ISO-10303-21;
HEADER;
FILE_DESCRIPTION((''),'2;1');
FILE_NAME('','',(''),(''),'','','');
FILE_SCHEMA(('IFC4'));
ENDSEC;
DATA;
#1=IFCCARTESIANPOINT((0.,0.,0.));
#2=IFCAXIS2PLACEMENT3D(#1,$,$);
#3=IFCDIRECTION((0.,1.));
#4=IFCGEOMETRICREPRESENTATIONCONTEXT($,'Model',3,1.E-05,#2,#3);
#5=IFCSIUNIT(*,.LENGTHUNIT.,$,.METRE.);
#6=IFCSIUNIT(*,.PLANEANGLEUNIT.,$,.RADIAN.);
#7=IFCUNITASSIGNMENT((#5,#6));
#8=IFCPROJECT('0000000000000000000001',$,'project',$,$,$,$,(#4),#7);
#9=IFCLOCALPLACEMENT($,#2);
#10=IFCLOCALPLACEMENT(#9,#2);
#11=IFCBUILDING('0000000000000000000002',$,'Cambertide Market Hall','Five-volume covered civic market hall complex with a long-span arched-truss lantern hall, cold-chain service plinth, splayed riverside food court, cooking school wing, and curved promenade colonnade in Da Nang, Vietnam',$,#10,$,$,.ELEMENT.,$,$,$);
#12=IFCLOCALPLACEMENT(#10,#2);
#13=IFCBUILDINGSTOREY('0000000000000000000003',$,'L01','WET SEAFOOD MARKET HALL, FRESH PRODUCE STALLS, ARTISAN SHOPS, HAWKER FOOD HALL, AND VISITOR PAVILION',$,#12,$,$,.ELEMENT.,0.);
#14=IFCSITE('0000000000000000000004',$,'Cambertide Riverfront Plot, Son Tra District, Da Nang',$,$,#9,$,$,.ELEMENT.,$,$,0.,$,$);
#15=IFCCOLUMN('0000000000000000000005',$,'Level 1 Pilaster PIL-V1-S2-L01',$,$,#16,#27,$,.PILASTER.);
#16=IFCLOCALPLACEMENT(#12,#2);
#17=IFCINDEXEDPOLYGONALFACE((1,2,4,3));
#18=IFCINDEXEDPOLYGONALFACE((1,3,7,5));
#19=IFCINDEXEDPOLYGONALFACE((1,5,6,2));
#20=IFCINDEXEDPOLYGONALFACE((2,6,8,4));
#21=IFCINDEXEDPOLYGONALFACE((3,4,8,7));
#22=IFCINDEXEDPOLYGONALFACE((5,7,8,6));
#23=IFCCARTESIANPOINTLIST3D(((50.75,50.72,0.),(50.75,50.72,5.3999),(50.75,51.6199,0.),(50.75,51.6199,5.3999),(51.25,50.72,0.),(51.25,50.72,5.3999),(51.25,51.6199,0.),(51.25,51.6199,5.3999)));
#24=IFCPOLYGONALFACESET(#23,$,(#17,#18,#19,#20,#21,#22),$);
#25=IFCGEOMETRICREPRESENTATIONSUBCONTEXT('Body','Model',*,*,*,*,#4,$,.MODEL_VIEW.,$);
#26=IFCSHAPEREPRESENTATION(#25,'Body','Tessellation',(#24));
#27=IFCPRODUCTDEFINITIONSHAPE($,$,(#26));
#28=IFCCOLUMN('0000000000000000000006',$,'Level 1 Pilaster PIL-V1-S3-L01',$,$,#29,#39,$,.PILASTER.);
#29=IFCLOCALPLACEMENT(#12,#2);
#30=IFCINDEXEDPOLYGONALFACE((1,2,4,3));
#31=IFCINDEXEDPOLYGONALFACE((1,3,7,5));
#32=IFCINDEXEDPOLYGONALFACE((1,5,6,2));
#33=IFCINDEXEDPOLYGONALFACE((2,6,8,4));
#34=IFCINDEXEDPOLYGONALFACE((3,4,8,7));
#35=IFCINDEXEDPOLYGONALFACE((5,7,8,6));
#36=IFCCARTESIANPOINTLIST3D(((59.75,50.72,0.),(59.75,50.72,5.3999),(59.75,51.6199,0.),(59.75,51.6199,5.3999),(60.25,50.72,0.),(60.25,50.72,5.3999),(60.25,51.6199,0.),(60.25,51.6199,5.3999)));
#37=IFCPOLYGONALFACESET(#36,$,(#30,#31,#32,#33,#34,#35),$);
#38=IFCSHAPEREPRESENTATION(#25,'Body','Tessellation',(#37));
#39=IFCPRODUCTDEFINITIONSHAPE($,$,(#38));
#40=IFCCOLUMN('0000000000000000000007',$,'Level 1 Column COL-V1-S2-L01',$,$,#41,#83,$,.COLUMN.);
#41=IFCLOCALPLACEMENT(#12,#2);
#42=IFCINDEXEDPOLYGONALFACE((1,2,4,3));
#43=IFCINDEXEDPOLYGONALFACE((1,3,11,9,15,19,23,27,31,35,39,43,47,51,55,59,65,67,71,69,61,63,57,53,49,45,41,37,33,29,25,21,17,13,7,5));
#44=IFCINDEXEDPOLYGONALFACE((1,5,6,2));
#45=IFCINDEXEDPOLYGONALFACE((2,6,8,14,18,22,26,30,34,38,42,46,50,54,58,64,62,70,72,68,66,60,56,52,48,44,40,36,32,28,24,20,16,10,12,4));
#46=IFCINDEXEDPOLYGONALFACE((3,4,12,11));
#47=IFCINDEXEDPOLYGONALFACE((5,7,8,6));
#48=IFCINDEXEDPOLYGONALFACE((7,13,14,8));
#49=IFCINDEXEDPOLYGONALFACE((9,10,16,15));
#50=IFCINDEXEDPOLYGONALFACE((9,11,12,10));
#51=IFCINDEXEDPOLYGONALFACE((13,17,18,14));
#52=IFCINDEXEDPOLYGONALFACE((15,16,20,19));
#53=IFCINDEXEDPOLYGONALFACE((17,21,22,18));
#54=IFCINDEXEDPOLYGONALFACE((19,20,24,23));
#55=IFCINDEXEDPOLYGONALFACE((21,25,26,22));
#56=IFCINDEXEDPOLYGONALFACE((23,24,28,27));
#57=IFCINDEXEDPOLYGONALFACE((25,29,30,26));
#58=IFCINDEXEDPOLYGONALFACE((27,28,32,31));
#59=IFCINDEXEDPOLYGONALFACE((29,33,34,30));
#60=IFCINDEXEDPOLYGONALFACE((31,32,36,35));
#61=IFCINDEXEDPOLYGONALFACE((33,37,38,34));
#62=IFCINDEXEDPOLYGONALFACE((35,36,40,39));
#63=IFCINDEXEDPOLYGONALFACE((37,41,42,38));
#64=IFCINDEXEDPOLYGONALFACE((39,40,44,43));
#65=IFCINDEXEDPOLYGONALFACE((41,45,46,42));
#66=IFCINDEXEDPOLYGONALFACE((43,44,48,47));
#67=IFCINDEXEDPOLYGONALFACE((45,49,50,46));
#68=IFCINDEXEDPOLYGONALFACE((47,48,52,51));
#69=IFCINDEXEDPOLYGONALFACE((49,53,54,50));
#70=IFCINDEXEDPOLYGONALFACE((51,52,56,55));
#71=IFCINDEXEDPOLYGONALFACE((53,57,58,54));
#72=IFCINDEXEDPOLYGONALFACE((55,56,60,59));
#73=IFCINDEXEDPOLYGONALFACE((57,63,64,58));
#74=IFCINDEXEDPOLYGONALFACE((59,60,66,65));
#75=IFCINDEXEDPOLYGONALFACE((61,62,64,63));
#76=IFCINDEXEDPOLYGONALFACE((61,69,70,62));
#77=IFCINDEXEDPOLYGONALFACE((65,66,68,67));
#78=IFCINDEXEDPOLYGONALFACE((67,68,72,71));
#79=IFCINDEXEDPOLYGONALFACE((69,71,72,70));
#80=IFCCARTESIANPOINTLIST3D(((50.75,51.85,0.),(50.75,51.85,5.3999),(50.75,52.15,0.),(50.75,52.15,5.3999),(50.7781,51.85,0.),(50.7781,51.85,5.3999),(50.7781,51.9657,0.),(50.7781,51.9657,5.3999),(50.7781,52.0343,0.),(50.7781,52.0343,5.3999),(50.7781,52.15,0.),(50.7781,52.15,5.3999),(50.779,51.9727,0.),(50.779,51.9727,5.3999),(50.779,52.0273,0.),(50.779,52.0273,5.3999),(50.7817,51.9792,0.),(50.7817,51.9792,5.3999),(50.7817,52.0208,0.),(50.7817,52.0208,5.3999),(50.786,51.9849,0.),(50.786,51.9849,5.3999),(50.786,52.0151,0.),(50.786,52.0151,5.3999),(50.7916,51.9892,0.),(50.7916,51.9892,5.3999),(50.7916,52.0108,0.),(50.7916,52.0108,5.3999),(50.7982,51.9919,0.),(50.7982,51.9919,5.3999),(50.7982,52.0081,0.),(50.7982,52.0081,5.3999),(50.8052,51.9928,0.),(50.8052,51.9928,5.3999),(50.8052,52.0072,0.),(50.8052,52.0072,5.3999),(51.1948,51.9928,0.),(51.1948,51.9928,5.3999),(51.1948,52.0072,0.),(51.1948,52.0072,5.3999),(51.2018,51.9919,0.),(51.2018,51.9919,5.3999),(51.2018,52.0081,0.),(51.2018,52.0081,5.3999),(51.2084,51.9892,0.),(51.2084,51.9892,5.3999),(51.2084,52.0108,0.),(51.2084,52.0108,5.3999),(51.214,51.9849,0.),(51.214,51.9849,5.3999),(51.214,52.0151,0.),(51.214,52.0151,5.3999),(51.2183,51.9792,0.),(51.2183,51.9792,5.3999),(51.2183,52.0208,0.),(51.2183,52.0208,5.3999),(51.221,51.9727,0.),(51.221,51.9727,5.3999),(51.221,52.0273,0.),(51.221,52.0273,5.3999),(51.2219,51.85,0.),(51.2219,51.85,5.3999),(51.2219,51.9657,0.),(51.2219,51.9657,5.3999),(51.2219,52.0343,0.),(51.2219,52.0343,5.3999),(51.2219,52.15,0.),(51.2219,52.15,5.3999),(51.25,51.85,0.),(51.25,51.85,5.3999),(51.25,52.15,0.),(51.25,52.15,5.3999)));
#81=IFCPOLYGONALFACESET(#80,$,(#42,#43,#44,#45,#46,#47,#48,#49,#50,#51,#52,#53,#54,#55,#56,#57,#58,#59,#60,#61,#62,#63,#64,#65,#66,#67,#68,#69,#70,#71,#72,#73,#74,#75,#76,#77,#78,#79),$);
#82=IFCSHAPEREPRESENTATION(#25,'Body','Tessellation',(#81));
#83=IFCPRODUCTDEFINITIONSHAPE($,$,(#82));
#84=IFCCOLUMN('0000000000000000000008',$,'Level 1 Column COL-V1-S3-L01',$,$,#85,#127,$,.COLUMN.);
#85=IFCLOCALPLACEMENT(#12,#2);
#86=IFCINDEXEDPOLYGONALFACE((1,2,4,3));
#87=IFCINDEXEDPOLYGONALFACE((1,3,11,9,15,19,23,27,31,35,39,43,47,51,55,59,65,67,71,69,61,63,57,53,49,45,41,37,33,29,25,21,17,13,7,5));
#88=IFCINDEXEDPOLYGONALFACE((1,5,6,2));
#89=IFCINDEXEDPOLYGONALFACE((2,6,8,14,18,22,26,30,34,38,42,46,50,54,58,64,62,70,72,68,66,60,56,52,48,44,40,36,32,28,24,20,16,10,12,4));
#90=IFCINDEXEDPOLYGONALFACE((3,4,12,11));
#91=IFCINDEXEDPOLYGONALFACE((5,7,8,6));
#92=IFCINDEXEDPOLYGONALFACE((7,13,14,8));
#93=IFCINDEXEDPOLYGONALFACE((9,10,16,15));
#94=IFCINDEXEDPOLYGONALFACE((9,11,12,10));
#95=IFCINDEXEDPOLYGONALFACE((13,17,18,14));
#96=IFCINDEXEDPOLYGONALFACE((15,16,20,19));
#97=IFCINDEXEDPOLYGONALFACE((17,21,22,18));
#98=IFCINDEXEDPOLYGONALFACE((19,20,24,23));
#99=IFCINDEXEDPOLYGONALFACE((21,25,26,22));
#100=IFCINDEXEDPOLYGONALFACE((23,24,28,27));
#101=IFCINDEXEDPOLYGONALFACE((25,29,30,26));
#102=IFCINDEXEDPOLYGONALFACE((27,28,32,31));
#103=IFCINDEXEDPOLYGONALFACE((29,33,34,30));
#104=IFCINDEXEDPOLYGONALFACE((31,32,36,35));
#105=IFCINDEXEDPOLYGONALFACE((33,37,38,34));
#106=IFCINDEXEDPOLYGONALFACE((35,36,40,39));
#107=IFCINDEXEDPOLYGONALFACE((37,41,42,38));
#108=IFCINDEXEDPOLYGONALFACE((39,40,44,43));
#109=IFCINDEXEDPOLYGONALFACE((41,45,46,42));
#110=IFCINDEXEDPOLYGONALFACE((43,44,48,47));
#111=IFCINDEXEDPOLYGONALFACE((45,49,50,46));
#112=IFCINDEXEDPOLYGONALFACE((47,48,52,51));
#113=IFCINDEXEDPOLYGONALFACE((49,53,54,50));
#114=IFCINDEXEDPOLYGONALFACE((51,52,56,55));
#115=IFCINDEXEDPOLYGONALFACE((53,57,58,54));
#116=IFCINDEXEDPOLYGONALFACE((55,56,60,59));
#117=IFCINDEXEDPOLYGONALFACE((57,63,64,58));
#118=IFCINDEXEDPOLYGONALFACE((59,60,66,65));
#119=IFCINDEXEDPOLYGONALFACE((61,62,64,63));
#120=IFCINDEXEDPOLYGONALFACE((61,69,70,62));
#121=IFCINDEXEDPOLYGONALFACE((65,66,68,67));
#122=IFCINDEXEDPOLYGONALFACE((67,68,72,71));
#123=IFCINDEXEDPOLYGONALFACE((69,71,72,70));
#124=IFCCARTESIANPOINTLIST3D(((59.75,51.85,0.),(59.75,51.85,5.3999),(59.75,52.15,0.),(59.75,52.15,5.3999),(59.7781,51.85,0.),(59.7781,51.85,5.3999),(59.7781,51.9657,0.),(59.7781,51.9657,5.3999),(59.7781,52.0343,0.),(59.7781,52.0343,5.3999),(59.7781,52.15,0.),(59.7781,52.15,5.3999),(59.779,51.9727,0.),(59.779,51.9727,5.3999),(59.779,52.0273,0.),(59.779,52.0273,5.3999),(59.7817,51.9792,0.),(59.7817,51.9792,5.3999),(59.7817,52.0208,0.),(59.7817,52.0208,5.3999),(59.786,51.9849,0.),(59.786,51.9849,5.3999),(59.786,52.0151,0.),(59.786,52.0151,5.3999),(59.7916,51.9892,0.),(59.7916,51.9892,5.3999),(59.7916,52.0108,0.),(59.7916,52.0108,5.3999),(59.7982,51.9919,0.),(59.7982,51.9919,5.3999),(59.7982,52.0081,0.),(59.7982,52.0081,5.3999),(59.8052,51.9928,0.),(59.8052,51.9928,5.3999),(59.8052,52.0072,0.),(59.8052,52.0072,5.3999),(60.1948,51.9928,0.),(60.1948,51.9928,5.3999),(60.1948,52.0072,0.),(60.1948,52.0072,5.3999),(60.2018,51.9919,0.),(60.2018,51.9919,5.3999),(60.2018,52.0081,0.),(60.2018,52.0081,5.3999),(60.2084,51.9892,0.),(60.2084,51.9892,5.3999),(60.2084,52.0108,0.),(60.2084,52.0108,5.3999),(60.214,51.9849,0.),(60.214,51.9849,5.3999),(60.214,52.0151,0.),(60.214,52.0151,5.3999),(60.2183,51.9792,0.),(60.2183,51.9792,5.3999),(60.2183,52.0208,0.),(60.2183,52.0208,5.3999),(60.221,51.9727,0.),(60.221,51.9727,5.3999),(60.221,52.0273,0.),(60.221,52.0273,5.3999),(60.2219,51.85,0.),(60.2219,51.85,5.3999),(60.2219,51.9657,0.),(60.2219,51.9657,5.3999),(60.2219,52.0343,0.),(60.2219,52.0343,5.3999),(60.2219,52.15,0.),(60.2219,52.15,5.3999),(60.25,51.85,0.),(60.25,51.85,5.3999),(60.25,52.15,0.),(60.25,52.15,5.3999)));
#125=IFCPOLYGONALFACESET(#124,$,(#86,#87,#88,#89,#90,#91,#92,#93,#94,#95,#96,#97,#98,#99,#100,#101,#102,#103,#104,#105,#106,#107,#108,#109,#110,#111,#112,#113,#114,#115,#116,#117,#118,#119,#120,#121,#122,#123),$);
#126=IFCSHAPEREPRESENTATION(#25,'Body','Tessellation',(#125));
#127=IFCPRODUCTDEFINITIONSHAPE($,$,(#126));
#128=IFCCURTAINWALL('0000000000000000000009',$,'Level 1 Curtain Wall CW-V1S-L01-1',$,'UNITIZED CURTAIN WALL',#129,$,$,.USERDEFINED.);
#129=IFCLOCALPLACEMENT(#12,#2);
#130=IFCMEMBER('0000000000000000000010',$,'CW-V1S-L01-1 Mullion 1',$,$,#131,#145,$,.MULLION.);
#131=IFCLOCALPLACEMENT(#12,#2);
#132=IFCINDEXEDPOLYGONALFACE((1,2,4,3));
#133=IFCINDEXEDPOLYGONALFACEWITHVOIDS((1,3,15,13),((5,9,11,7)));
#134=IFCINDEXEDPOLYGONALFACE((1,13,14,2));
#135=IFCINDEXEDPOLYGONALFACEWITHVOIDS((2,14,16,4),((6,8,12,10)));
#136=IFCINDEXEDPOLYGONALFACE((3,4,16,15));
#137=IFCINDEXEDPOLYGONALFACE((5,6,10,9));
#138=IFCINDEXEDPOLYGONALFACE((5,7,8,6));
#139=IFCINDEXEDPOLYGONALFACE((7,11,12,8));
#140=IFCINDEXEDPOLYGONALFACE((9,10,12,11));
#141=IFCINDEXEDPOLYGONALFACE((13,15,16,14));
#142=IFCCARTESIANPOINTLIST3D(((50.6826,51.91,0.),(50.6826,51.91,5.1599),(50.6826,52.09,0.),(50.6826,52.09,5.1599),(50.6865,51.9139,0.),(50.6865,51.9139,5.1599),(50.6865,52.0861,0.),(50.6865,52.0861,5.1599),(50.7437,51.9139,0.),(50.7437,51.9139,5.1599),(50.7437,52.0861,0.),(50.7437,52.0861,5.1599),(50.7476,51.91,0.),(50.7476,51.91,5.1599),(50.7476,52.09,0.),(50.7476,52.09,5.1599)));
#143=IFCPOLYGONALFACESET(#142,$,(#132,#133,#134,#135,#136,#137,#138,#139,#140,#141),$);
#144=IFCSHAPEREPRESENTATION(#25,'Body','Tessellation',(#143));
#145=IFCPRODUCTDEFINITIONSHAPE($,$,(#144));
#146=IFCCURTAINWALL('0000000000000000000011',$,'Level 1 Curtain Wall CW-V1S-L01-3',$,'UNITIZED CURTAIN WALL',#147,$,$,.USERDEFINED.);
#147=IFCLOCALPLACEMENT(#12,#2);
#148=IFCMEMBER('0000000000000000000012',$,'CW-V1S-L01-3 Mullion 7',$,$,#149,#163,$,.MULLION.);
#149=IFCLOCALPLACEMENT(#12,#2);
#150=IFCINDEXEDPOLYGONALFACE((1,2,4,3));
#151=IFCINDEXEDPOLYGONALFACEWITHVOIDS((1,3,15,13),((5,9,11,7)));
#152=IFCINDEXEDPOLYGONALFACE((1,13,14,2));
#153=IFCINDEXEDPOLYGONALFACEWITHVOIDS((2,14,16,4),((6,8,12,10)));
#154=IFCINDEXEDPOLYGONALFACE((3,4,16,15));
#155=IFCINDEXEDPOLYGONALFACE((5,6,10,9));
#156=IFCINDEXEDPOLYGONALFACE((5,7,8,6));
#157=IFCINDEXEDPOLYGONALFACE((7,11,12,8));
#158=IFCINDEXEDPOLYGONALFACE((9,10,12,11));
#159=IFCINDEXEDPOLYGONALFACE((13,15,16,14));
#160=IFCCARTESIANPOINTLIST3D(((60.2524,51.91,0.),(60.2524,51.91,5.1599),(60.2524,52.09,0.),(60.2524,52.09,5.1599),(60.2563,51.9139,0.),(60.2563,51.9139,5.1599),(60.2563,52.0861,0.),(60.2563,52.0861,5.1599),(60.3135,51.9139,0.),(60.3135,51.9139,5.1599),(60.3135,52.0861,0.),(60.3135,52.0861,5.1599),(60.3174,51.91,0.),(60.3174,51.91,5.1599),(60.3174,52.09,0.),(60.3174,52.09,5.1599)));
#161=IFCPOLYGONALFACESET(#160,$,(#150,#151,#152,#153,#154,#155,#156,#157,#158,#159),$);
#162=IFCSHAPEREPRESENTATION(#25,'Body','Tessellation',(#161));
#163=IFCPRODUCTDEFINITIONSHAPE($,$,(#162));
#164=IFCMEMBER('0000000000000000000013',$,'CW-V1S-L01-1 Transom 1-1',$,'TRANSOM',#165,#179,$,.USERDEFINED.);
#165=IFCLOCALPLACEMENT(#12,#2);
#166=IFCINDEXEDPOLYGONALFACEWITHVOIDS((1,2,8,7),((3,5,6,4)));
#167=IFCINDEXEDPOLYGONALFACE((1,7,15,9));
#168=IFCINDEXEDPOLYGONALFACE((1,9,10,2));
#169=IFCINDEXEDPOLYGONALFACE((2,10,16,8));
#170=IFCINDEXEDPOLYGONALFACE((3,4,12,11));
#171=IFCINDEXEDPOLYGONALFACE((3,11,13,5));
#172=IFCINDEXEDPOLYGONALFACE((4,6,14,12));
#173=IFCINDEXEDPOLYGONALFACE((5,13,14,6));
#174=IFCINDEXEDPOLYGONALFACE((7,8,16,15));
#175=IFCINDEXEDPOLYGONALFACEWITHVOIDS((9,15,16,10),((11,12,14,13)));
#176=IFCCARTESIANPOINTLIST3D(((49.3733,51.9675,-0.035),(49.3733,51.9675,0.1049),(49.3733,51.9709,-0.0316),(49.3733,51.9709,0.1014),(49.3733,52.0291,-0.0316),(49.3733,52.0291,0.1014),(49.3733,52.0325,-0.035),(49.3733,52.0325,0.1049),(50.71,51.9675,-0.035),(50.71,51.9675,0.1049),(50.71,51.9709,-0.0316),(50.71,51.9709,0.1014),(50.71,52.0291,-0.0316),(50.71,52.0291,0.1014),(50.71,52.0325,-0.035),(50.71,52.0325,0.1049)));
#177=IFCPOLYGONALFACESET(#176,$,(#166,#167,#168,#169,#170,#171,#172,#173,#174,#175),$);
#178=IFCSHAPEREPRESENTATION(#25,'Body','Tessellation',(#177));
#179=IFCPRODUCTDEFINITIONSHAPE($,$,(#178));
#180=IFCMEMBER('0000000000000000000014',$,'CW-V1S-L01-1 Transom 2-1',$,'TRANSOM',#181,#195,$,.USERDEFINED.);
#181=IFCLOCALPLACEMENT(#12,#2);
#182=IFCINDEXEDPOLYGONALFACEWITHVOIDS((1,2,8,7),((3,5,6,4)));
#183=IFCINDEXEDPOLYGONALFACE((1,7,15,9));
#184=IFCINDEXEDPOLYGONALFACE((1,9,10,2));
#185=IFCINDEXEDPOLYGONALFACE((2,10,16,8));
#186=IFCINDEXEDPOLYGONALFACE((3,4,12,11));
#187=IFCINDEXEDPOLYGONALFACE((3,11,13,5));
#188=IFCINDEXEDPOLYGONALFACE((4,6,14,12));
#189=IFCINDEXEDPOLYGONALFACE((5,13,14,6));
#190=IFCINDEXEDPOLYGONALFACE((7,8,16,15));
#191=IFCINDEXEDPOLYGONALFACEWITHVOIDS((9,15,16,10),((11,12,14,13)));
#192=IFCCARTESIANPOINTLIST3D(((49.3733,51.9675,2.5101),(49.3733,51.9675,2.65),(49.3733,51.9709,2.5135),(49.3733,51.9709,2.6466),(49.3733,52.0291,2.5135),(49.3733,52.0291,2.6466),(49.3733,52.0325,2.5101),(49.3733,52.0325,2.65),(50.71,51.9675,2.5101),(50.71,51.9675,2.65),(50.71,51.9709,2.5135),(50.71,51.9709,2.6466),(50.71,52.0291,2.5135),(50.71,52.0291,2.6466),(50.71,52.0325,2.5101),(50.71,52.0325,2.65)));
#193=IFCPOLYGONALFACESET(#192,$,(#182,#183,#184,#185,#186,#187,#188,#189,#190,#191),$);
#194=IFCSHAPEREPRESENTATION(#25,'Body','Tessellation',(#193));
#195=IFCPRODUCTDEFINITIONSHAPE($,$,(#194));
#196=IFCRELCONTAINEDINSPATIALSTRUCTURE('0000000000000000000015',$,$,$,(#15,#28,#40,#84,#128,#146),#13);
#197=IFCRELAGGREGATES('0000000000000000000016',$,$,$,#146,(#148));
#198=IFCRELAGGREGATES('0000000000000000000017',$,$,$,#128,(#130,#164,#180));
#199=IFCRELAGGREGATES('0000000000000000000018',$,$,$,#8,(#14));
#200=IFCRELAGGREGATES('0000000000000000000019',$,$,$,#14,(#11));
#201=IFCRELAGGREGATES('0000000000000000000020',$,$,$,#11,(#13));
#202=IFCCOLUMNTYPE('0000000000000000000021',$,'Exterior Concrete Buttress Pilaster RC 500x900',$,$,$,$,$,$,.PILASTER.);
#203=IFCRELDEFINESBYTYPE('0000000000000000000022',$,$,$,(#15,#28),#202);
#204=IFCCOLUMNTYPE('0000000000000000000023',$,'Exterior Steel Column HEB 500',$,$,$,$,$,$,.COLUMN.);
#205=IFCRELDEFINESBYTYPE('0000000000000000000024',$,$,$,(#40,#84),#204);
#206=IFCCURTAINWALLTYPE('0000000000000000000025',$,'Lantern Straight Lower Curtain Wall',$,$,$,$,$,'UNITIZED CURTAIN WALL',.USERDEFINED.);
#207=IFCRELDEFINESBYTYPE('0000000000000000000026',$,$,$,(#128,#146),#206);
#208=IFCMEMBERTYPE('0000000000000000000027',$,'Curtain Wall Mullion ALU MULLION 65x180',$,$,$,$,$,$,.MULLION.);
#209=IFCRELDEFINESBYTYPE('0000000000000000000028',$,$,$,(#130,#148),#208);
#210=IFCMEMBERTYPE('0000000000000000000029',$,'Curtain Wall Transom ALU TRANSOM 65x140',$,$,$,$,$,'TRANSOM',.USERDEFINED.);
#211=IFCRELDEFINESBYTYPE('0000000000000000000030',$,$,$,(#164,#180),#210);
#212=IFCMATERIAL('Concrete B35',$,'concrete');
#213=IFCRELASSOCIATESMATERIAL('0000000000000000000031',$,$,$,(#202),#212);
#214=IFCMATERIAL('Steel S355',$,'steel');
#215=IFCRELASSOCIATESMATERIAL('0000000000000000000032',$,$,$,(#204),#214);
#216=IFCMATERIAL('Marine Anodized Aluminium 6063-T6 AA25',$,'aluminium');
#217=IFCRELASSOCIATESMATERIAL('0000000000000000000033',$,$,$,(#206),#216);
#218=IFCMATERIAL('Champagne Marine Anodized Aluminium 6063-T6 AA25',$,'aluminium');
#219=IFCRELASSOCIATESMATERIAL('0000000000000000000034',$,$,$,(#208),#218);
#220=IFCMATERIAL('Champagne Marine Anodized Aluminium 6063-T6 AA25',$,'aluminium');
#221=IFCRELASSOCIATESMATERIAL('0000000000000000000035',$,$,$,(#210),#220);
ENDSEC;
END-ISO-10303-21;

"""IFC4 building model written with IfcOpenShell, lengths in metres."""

from ifc_helpers import new_model, si_unit, direction, frame, origin, origin_2d, place, context, subcontext, project, spatial, rectangle, hollow_rectangle, i_section, extrude, material, material_profile, profile_set, type_object, element, aggregate, save


model = new_model("IFC4")

# Units and contexts
model_context = context("Model", 3, precision=1e-05, world=origin(), true_north=direction((0.0, 1.0)))
body_context = subcontext(model_context, "Body", "Model", "MODEL_VIEW")
ifc_project = project(units=[si_unit("LENGTHUNIT", "METRE"), si_unit("PLANEANGLEUNIT", "RADIAN")], contexts=[model_context])

# Site, building, storey
site_placement = place(None, origin())
site = spatial("IfcSite", under=ifc_project, at=site_placement, Name="Cambertide Riverfront Plot, Son Tra District, Da Nang", CompositionType="ELEMENT", RefElevation=0.0)
building_placement = place(site_placement, origin())
building = spatial("IfcBuilding", under=site, at=building_placement, Name="Cambertide Market Hall", Description="Five-volume covered civic market hall complex with a long-span arched-truss lantern hall, cold-chain service plinth, splayed riverside food court, cooking school wing, and curved promenade colonnade in Da Nang, Vietnam", CompositionType="ELEMENT")
storey_placement = place(building_placement, origin())
storey = spatial("IfcBuildingStorey", under=building, at=storey_placement, Name="L01", Description="WET SEAFOOD MARKET HALL, FRESH PRODUCE STALLS, ARTISAN SHOPS, HAWKER FOOD HALL, AND VISITOR PAVILION", CompositionType="ELEMENT", Elevation=0.0)

# Columns
ifc_material_1 = material(Name="Concrete B35", Category="concrete")
ifc_material_profile_1 = material_profile(ifc_material_1, rectangle(XDim=0.5, YDim=0.8999, at=origin_2d()), Name="RC 500x900")
ifc_profile_set_1 = profile_set([ifc_material_profile_1], Name="Concrete B35")
column_type_1 = type_object("IfcColumnType", Name="Exterior Concrete Buttress Pilaster RC 500x900", PredefinedType="PILASTER", material=ifc_profile_set_1)
for number, where, z_axis, x_axis, name in (
    (1, (51.0, 51.1699, 0.0), (0.0, 0.0, 1.0), (1.0, 0.0, 0.0), "Level 1 Pilaster PIL-V1-S2-L01"),
    (2, (60.0, 51.1699, 0.0), (0.0, 0.0, 1.0), (1.0, 0.0, 0.0), "Level 1 Pilaster PIL-V1-S3-L01"),
):
    element("IfcColumn", number, at=place(storey_placement, frame(where, z_axis=z_axis, x_axis=x_axis)), inside=storey, type_object=column_type_1, Name=name, PredefinedType="PILASTER", context=body_context, shape_type="SweptSolid", body=[
        extrude(rectangle(XDim=0.5, YDim=0.8999, at=origin_2d()), origin(), (0.0, 0.0, 1.0), 5.3999),
    ])
ifc_material_2 = material(Name="Steel S355", Category="steel")
ifc_material_profile_2 = material_profile(ifc_material_2, i_section(OverallWidth=0.3, OverallDepth=0.5, WebThickness=0.0144, FlangeThickness=0.0281, FilletRadius=0.0271, at=origin_2d()), Name="HEB 500")
ifc_profile_set_2 = profile_set([ifc_material_profile_2], Name="Steel S355")
column_type_2 = type_object("IfcColumnType", Name="Exterior Steel Column HEB 500", PredefinedType="COLUMN", material=ifc_profile_set_2)
for number, where, z_axis, x_axis, name in (
    (3, (51.0, 52.0, 0.0), (0.0, 0.0, 1.0), (0.0, 1.0, 0.0), "Level 1 Column COL-V1-S2-L01"),
    (4, (60.0, 52.0, 0.0), (0.0, 0.0, 1.0), (0.0, 1.0, 0.0), "Level 1 Column COL-V1-S3-L01"),
):
    element("IfcColumn", number, at=place(storey_placement, frame(where, z_axis=z_axis, x_axis=x_axis)), inside=storey, type_object=column_type_2, Name=name, PredefinedType="COLUMN", context=body_context, shape_type="SweptSolid", body=[
        extrude(i_section(OverallWidth=0.3, OverallDepth=0.5, WebThickness=0.0144, FlangeThickness=0.0281, FilletRadius=0.0271, at=origin_2d()), origin(), (0.0, 0.0, 1.0), 5.3999),
    ])

# Curtain walls, members
ifc_material_3 = material(Name="Marine Anodized Aluminium 6063-T6 AA25", Category="aluminium")
curtain_wall_type = type_object("IfcCurtainWallType", Name="Lantern Straight Lower Curtain Wall", ElementType="UNITIZED CURTAIN WALL", PredefinedType="USERDEFINED", material=ifc_material_3)
curtain_wall_1_placement = place(storey_placement, origin())
curtain_wall_1 = element("IfcCurtainWall", 5, at=curtain_wall_1_placement, inside=storey, type_object=curtain_wall_type, Name="Level 1 Curtain Wall CW-V1S-L01-1", ObjectType="UNITIZED CURTAIN WALL", PredefinedType="USERDEFINED")
ifc_material_4 = material(Name="Champagne Marine Anodized Aluminium 6063-T6 AA25", Category="aluminium")
ifc_material_profile_3 = material_profile(ifc_material_4, hollow_rectangle(XDim=0.0649, YDim=0.1799, WallThickness=0.0039, at=origin_2d()), Name="ALU MULLION 65x180")
ifc_profile_set_3 = profile_set([ifc_material_profile_3], Name="Champagne Marine Anodized Aluminium 6063-T6 AA25")
member_type_1 = type_object("IfcMemberType", Name="Curtain Wall Mullion ALU MULLION 65x180", PredefinedType="MULLION", material=ifc_profile_set_3)
member_1_placement = place(storey_placement, frame((50.7151, 52.0, 0.0), z_axis=(0.0, 0.0, 1.0), x_axis=(-1.0, 0.0, 0.0)))
member_1 = element("IfcMember", 6, at=member_1_placement, type_object=member_type_1, Name="CW-V1S-L01-1 Mullion 1", PredefinedType="MULLION", context=body_context, shape_type="SweptSolid", body=[
    extrude(hollow_rectangle(XDim=0.0649, YDim=0.1799, WallThickness=0.0039, at=origin_2d()), origin(), (0.0, 0.0, 1.0), 5.1599),
])
curtain_wall_2_placement = place(storey_placement, origin())
curtain_wall_2 = element("IfcCurtainWall", 7, at=curtain_wall_2_placement, inside=storey, type_object=curtain_wall_type, Name="Level 1 Curtain Wall CW-V1S-L01-3", ObjectType="UNITIZED CURTAIN WALL", PredefinedType="USERDEFINED")
member_2_placement = place(storey_placement, frame((60.2849, 52.0, 0.0), z_axis=(0.0, 0.0, 1.0), x_axis=(-1.0, 0.0, 0.0)))
member_2 = element("IfcMember", 8, at=member_2_placement, type_object=member_type_1, Name="CW-V1S-L01-3 Mullion 7", PredefinedType="MULLION", context=body_context, shape_type="SweptSolid", body=[
    extrude(hollow_rectangle(XDim=0.0649, YDim=0.1799, WallThickness=0.0039, at=origin_2d()), origin(), (0.0, 0.0, 1.0), 5.1599),
])
aggregate(curtain_wall_2, [member_2])

# Members
ifc_material_5 = material(Name="Champagne Marine Anodized Aluminium 6063-T6 AA25", Category="aluminium")
ifc_material_profile_4 = material_profile(ifc_material_5, hollow_rectangle(XDim=0.0649, YDim=0.1399, WallThickness=0.0034, at=origin_2d()), Name="ALU TRANSOM 65x140")
ifc_profile_set_4 = profile_set([ifc_material_profile_4], Name="Champagne Marine Anodized Aluminium 6063-T6 AA25")
member_type_2 = type_object("IfcMemberType", Name="Curtain Wall Transom ALU TRANSOM 65x140", ElementType="TRANSOM", PredefinedType="USERDEFINED", material=ifc_profile_set_4)
member_3_placement = place(storey_placement, frame((50.71, 52.0, 0.0349), z_axis=(-1.0, 0.0, 0.0), x_axis=(0.0, -1.0, 0.0)))
member_3 = element("IfcMember", 9, at=member_3_placement, type_object=member_type_2, Name="CW-V1S-L01-1 Transom 1-1", ObjectType="TRANSOM", PredefinedType="USERDEFINED", context=body_context, shape_type="SweptSolid", body=[
    extrude(hollow_rectangle(XDim=0.0649, YDim=0.1399, WallThickness=0.0034, at=origin_2d()), origin(), (0.0, 0.0, 1.0), 1.3367),
])
member_4_placement = place(storey_placement, frame((50.71, 52.0, 2.5801), z_axis=(-1.0, 0.0, 0.0), x_axis=(0.0, -1.0, 0.0)))
member_4 = element("IfcMember", 10, at=member_4_placement, type_object=member_type_2, Name="CW-V1S-L01-1 Transom 2-1", ObjectType="TRANSOM", PredefinedType="USERDEFINED", context=body_context, shape_type="SweptSolid", body=[
    extrude(hollow_rectangle(XDim=0.0649, YDim=0.1399, WallThickness=0.0034, at=origin_2d()), origin(), (0.0, 0.0, 1.0), 1.3367),
])

aggregate(curtain_wall_1, [member_1, member_3, member_4])

save(model, "model.ifc")
